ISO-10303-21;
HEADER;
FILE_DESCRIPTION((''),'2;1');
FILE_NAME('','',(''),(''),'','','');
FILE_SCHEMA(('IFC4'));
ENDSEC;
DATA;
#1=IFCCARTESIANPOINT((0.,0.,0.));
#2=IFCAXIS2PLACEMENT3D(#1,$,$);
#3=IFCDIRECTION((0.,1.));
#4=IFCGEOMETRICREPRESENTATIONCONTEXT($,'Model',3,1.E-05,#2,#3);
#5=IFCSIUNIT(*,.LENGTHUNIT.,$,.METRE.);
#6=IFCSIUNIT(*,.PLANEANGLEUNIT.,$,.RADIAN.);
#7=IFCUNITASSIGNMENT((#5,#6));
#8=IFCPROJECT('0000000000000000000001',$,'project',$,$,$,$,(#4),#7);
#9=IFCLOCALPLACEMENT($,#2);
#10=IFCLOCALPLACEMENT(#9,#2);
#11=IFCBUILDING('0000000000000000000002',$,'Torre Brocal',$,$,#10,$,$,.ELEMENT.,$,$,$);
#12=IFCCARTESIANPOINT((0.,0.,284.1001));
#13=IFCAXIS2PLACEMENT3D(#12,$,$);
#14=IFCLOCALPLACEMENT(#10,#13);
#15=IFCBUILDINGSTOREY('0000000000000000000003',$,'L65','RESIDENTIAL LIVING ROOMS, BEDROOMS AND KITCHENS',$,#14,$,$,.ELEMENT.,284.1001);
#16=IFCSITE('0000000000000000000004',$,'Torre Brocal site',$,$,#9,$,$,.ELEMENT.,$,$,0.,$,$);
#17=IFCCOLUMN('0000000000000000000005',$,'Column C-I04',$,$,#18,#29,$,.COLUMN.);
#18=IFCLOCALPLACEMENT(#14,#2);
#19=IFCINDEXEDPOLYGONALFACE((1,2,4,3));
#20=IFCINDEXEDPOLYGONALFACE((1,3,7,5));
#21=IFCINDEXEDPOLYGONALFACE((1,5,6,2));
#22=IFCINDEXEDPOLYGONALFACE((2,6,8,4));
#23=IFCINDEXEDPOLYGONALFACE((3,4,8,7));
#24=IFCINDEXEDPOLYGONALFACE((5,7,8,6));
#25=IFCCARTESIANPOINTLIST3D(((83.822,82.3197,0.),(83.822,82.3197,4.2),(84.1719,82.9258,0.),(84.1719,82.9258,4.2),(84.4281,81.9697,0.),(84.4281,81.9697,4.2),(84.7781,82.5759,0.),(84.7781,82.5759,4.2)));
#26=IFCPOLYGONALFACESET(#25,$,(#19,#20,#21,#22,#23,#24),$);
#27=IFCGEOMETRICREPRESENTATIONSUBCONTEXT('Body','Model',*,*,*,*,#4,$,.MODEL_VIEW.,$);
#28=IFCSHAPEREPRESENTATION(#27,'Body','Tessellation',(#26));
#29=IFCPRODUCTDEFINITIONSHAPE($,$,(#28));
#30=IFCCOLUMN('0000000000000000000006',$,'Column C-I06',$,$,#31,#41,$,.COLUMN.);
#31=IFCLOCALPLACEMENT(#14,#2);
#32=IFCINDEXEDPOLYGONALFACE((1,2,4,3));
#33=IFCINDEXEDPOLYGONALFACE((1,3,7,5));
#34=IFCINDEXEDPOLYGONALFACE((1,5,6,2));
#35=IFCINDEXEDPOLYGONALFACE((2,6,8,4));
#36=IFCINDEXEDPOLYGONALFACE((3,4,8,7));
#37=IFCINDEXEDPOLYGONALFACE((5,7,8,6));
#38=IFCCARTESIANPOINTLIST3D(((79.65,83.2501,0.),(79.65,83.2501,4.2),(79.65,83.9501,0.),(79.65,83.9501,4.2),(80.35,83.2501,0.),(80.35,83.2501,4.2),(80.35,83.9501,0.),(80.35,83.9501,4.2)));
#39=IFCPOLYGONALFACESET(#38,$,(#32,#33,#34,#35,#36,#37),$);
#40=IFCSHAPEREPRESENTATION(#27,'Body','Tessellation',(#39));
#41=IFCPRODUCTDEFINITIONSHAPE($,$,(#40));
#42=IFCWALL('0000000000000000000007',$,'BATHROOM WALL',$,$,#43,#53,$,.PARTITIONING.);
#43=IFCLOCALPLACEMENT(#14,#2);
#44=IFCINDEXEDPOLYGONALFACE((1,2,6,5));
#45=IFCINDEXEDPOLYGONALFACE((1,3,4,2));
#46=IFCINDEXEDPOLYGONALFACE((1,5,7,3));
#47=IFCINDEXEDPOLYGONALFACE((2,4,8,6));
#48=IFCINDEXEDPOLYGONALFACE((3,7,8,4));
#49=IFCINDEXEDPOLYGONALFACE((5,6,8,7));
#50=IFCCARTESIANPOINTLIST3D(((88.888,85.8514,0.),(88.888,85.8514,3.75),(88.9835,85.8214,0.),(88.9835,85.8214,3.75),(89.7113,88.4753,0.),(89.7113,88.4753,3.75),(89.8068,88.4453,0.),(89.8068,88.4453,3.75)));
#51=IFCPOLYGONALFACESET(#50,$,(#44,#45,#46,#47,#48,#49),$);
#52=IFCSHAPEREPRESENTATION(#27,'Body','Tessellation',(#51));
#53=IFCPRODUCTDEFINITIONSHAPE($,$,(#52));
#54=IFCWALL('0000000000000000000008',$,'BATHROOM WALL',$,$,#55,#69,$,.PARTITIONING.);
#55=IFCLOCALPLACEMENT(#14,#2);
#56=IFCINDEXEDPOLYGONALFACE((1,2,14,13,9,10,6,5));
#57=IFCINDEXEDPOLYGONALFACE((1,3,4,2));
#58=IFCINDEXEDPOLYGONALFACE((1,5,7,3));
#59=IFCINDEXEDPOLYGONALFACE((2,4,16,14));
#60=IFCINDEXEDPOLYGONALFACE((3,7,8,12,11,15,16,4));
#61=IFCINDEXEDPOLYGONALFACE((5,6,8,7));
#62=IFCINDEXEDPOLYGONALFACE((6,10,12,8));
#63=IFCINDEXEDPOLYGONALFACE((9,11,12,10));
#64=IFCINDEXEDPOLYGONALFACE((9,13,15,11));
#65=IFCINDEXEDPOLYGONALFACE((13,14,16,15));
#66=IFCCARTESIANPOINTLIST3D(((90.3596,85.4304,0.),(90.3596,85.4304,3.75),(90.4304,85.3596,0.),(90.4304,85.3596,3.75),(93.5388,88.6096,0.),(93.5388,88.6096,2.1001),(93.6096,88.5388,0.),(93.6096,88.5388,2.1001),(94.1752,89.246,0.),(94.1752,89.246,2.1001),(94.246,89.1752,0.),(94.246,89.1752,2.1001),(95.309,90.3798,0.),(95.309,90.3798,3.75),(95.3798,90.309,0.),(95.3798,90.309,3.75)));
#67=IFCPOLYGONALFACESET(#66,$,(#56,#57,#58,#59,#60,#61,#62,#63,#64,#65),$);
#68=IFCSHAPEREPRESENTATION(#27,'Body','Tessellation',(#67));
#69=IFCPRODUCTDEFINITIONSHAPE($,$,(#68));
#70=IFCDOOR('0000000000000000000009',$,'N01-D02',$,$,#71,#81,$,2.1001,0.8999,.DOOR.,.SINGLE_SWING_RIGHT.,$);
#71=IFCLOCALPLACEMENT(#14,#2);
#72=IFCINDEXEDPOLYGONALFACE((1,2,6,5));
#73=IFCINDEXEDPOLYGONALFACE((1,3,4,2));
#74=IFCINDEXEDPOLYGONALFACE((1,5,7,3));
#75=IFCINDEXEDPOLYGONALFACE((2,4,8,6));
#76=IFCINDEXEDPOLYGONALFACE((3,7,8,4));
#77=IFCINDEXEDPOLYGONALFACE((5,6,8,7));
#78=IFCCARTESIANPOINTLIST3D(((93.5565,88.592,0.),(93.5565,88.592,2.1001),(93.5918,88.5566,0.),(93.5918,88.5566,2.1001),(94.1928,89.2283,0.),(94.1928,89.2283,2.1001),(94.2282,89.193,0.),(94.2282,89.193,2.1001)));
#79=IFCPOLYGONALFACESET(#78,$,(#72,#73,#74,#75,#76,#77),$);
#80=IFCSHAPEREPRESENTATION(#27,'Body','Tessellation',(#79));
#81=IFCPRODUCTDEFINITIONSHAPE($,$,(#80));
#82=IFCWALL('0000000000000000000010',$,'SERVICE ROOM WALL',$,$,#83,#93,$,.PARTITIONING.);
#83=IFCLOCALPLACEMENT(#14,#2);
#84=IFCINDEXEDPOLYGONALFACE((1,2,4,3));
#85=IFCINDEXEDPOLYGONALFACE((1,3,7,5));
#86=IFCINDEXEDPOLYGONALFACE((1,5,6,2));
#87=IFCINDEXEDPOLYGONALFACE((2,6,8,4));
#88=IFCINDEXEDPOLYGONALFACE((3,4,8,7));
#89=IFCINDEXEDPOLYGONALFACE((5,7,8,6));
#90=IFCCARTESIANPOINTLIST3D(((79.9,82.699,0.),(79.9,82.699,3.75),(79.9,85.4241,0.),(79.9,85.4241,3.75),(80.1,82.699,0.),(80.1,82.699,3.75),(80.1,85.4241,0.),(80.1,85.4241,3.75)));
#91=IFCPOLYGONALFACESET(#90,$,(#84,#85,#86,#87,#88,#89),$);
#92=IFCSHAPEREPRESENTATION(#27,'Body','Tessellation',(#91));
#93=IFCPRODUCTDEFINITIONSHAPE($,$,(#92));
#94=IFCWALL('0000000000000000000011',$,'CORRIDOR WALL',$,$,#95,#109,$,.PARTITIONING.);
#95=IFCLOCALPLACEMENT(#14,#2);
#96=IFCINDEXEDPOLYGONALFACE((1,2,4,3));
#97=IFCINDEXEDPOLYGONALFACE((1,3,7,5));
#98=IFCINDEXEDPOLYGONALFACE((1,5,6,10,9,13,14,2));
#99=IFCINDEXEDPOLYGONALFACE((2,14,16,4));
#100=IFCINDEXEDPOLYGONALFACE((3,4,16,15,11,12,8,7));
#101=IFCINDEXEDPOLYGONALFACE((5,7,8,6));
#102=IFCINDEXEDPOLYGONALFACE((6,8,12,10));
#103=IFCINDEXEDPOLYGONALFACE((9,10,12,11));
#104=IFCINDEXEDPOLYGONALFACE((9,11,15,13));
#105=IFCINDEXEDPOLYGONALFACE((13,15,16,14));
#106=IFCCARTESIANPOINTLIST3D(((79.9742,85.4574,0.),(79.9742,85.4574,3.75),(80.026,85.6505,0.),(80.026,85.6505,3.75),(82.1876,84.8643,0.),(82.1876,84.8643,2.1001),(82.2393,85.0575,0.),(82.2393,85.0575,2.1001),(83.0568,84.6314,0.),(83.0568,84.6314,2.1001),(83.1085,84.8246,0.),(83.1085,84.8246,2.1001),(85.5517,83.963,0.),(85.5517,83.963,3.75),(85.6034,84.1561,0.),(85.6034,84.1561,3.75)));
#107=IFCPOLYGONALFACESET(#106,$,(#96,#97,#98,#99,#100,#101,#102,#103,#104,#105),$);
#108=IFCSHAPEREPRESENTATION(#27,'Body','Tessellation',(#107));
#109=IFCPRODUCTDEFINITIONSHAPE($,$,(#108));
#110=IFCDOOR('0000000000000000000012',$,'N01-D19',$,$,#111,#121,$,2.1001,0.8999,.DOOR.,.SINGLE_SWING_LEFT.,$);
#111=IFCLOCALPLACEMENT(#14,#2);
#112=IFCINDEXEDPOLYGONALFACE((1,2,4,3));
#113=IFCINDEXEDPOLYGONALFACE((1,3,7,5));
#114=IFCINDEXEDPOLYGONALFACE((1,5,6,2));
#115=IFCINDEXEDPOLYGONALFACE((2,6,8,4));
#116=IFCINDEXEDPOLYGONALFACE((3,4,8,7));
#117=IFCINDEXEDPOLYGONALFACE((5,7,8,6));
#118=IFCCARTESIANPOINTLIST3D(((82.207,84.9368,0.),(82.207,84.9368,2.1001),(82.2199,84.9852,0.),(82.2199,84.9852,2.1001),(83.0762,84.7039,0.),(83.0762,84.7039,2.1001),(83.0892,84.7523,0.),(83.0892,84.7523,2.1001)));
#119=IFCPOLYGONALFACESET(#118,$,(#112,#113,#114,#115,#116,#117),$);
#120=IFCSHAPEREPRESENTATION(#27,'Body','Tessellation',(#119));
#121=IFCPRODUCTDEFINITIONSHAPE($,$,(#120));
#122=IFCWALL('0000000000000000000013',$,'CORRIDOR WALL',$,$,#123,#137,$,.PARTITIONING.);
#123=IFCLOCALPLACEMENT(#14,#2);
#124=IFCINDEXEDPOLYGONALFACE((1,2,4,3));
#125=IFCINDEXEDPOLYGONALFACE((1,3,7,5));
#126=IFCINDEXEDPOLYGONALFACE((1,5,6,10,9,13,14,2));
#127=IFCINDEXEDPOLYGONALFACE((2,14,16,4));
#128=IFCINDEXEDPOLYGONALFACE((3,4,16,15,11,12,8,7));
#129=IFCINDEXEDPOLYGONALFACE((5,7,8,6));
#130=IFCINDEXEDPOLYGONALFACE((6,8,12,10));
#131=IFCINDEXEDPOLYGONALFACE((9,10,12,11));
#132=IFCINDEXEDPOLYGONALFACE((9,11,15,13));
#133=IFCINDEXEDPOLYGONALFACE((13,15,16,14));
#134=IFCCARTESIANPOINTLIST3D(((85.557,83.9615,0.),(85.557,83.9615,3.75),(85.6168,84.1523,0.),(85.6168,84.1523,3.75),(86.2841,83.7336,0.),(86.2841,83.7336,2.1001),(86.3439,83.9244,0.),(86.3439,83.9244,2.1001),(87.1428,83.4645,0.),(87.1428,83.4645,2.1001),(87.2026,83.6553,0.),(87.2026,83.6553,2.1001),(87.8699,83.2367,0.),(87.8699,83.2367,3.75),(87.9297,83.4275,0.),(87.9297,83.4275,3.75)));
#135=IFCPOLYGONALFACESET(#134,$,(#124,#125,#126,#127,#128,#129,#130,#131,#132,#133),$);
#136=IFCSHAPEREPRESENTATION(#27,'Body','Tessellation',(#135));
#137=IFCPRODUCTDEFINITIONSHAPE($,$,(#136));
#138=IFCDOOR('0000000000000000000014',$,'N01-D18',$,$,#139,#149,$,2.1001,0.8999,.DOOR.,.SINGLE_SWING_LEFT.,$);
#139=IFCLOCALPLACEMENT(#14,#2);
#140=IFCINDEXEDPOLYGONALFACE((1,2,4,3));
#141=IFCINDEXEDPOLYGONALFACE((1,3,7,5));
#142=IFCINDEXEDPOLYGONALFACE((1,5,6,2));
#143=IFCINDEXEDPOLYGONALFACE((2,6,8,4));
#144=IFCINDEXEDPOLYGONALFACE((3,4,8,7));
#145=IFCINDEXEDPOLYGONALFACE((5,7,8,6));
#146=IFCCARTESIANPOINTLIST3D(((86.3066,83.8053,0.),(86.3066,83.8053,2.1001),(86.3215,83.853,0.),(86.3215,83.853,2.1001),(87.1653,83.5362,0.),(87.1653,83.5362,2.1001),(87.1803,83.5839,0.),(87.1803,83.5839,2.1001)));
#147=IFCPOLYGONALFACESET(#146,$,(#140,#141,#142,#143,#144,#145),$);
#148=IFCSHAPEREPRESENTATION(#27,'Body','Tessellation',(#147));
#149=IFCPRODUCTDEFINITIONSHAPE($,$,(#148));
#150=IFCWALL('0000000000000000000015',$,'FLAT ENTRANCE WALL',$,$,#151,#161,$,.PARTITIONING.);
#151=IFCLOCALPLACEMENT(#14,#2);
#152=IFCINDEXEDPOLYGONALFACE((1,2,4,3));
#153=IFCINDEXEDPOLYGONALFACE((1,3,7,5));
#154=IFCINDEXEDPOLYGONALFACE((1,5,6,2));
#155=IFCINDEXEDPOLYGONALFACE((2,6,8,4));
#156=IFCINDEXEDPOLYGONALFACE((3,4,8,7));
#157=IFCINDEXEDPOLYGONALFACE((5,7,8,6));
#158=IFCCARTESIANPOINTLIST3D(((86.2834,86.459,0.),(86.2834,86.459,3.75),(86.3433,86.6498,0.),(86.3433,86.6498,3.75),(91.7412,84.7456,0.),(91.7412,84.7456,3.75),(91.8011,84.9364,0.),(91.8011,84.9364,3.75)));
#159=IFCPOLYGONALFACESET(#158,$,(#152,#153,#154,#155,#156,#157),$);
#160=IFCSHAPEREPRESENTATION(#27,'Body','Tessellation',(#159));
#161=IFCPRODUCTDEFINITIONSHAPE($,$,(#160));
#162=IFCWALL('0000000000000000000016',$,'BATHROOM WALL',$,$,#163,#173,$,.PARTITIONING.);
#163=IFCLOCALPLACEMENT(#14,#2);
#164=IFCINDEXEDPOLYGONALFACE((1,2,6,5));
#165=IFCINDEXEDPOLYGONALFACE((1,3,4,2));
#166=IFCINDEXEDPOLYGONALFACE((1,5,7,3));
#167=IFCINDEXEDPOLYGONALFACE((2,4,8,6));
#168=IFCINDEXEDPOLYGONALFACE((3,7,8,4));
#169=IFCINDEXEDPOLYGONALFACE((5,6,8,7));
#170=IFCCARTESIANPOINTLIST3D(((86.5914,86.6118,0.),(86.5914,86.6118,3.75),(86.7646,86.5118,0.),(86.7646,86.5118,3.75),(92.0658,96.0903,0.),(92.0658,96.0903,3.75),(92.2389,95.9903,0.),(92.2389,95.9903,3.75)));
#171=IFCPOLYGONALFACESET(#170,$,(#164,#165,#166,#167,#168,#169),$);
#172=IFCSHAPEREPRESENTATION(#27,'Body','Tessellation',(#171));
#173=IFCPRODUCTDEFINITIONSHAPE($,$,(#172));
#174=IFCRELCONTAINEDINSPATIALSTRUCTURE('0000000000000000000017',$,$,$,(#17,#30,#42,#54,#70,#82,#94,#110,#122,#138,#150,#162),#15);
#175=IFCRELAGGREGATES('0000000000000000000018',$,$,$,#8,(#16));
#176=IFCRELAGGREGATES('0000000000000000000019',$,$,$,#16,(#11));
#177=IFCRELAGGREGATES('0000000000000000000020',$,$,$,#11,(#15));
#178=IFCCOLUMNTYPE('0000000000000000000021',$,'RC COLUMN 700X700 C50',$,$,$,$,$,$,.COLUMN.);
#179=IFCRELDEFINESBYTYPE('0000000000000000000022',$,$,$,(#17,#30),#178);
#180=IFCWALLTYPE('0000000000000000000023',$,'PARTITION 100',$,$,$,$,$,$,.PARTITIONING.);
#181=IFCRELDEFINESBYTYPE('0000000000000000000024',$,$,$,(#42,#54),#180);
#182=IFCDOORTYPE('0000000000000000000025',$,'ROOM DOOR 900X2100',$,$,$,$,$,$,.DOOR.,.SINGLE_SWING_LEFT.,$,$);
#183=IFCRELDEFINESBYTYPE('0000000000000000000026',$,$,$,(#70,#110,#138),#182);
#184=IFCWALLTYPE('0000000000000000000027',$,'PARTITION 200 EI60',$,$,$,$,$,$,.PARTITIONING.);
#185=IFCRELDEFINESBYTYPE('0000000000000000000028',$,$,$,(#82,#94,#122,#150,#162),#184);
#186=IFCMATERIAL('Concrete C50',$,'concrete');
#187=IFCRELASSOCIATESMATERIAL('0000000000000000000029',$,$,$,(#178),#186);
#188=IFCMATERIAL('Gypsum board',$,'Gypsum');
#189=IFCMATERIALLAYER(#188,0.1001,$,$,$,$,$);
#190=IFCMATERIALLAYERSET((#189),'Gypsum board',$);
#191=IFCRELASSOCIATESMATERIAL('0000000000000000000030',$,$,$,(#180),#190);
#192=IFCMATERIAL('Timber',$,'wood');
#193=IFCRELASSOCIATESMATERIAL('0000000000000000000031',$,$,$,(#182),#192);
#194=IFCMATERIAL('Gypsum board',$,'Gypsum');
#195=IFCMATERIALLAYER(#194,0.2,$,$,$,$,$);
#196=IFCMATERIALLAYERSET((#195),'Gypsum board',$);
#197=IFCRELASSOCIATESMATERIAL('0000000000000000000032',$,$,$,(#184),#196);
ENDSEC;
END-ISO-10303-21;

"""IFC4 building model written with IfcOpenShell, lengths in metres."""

from ifc_helpers import new_model, si_unit, direction, frame, frame_2d, origin, origin_2d, place, context, subcontext, project, spatial, rectangle, extrude, material, layer, layer_set, material_profile, profile_set, type_object, element, fill, save


model = new_model("IFC4")

# Units and contexts
model_context = context("Model", 3, precision=1e-05, world=origin(), true_north=direction((0.0, 1.0)))
body_context = subcontext(model_context, "Body", "Model", "MODEL_VIEW")
ifc_project = project(units=[si_unit("LENGTHUNIT", "METRE"), si_unit("PLANEANGLEUNIT", "RADIAN")], contexts=[model_context])

# Site, building, storey
site_placement = place(None, origin())
site = spatial("IfcSite", under=ifc_project, at=site_placement, Name="Torre Brocal site", CompositionType="ELEMENT", RefElevation=0.0)
building_placement = place(site_placement, origin())
building = spatial("IfcBuilding", under=site, at=building_placement, Name="Torre Brocal", CompositionType="ELEMENT")
storey_placement = place(building_placement, frame((0.0, 0.0, 284.1001)))
storey = spatial("IfcBuildingStorey", under=building, at=storey_placement, Name="L65", Description="RESIDENTIAL LIVING ROOMS, BEDROOMS AND KITCHENS", CompositionType="ELEMENT", Elevation=284.1001)

# Columns
ifc_material_1 = material(Name="Concrete C50", Category="concrete")
ifc_material_profile = material_profile(ifc_material_1, rectangle(XDim=0.7, YDim=0.7, at=origin_2d()), Name="RC 700X700")
ifc_profile_set = profile_set([ifc_material_profile], Name="Concrete C50")
column_type = type_object("IfcColumnType", Name="RC COLUMN 700X700 C50", PredefinedType="COLUMN", material=ifc_profile_set)
for number, where, z_axis, x_axis, name in (
    (1, (84.3, 82.4478, 0.0), (0.0, 0.0, 1.0), (0.5, 0.866025, 0.0), "Column C-I04"),
    (2, (80.0, 83.6001, 0.0), (0.0, 0.0, 1.0), (0.0, 1.0, 0.0), "Column C-I06"),
):
    element("IfcColumn", number, at=place(storey_placement, frame(where, z_axis=z_axis, x_axis=x_axis)), inside=storey, type_object=column_type, Name=name, PredefinedType="COLUMN", context=body_context, shape_type="SweptSolid", body=[
        extrude(rectangle(XDim=0.7, YDim=0.7, at=origin_2d()), origin(), (0.0, 0.0, 1.0), 4.2),
    ])

# Wall
ifc_material_2 = material(Name="Gypsum board", Category="Gypsum")
ifc_layer_1 = layer(ifc_material_2, 0.1001)
ifc_layer_set_1 = layer_set([ifc_layer_1], Name="Gypsum board")
wall_type_1 = type_object("IfcWallType", Name="PARTITION 100", PredefinedType="PARTITIONING", material=ifc_layer_set_1)
wall_1_placement = place(storey_placement, frame((88.9358, 85.8364, 0.0), z_axis=(0.0, 0.0, 1.0), x_axis=(0.299372, 0.954137, 0.0)))
element("IfcWall", 3, at=wall_1_placement, inside=storey, type_object=wall_type_1, Name="BATHROOM WALL", PredefinedType="PARTITIONING", context=body_context, shape_type="SweptSolid", body=[
    extrude(rectangle(XDim=2.75, YDim=0.1001, at=frame_2d((1.375, 0.0))), origin(), (0.0, 0.0, 1.0), 3.75),
])

# Wall, opening, door
wall_2_placement = place(storey_placement, frame((90.395, 85.395, 0.0), z_axis=(0.0, 0.0, 1.0), x_axis=(0.707107, 0.707107, 0.0)))
wall_2 = element("IfcWall", 4, at=wall_2_placement, inside=storey, type_object=wall_type_1, Name="BATHROOM WALL", PredefinedType="PARTITIONING", context=body_context, shape_type="SweptSolid", body=[
    extrude(rectangle(XDim=6.9995, YDim=0.1001, at=frame_2d((3.4998, 0.0))), origin(), (0.0, 0.0, 1.0), 3.75),
])
opening_1_placement = place(wall_2_placement, frame((4.4961, 0.0, 0.0)))
opening_1 = element("IfcOpeningElement", 5, at=opening_1_placement, cuts=wall_2, PredefinedType="OPENING", context=body_context, shape_type="SweptSolid", body=[
    extrude(rectangle(XDim=0.8999, YDim=2.1001, at=frame_2d((0.45, 1.05))), frame((0.0, 0.0601, 0.0), z_axis=(0.0, -1.0, 0.0), x_axis=(1.0, 0.0, 0.0)), (0.0, 0.0, 1.0), 0.1201),
])
ifc_material_3 = material(Name="Timber", Category="wood")
door_type_1 = type_object("IfcDoorType", Name="ROOM DOOR 900X2100", OperationType="SINGLE_SWING_LEFT", PredefinedType="DOOR", material=ifc_material_3)
door_1_placement = place(opening_1_placement, frame((0.8999, 0.0, 0.0), z_axis=(0.0, 0.0, 1.0), x_axis=(-1.0, 0.0, 0.0)))
door_1 = element("IfcDoor", 6, at=door_1_placement, inside=storey, type_object=door_type_1, Name="N01-D02", OperationType="SINGLE_SWING_RIGHT", OverallHeight=2.1001, OverallWidth=0.8999, PredefinedType="DOOR", context=body_context, shape_type="SweptSolid", body=[
    extrude(rectangle(XDim=0.8999, YDim=2.1001, at=frame_2d((0.45, 1.05))), frame((0.0, 0.0249, 0.0), z_axis=(0.0, -1.0, 0.0), x_axis=(1.0, 0.0, 0.0)), (0.0, 0.0, 1.0), 0.05),
])
fill(opening_1, door_1)

# Wall
ifc_material_4 = material(Name="Gypsum board", Category="Gypsum")
ifc_layer_2 = layer(ifc_material_4, 0.2)
ifc_layer_set_2 = layer_set([ifc_layer_2], Name="Gypsum board")
wall_type_2 = type_object("IfcWallType", Name="PARTITION 200 EI60", PredefinedType="PARTITIONING", material=ifc_layer_set_2)
wall_3_placement = place(storey_placement, frame((80.0, 82.699, 0.0), z_axis=(0.0, 0.0, 1.0), x_axis=(0.0, 1.0, 0.0)))
element("IfcWall", 7, at=wall_3_placement, inside=storey, type_object=wall_type_2, Name="SERVICE ROOM WALL", PredefinedType="PARTITIONING", context=body_context, shape_type="SweptSolid", body=[
    extrude(rectangle(XDim=2.7251, YDim=0.2, at=frame_2d((1.3625, 0.0))), origin(), (0.0, 0.0, 1.0), 3.75),
])

# Walls, openings, doors
wall_4_placement = place(storey_placement, frame((80.0, 85.554, 0.0), z_axis=(0.0, 0.0, 1.0), x_axis=(0.965929, -0.258807, 0.0)))
wall_4 = element("IfcWall", 8, at=wall_4_placement, inside=storey, type_object=wall_type_2, Name="CORRIDOR WALL", PredefinedType="PARTITIONING", context=body_context, shape_type="SweptSolid", body=[
    extrude(rectangle(XDim=5.7742, YDim=0.2, at=frame_2d((2.8872, 0.0))), origin(), (0.0, 0.0, 1.0), 3.75),
])
opening_2_placement = place(wall_4_placement, frame((2.2915, 0.0, 0.0)))
opening_2 = element("IfcOpeningElement", 9, at=opening_2_placement, cuts=wall_4, PredefinedType="OPENING", context=body_context, shape_type="SweptSolid", body=[
    extrude(rectangle(XDim=0.8999, YDim=2.1001, at=frame_2d((0.45, 1.05))), frame((0.0, 0.1099, 0.0), z_axis=(0.0, -1.0, 0.0), x_axis=(1.0, 0.0, 0.0)), (0.0, 0.0, 1.0), 0.22),
])
door_2_placement = place(opening_2_placement, frame((0.8999, 0.0, 0.0), z_axis=(0.0, 0.0, 1.0), x_axis=(-1.0, 0.0, 0.0)))
door_2 = element("IfcDoor", 10, at=door_2_placement, inside=storey, type_object=door_type_1, Name="N01-D19", OperationType="SINGLE_SWING_LEFT", OverallHeight=2.1001, OverallWidth=0.8999, PredefinedType="DOOR", context=body_context, shape_type="SweptSolid", body=[
    extrude(rectangle(XDim=0.8999, YDim=2.1001, at=frame_2d((0.45, 1.05))), frame((0.0, 0.0249, 0.0), z_axis=(0.0, -1.0, 0.0), x_axis=(1.0, 0.0, 0.0)), (0.0, 0.0, 1.0), 0.05),
])
fill(opening_2, door_2)
wall_5_placement = place(storey_placement, frame((85.5869, 84.0569, 0.0), z_axis=(0.0, 0.0, 1.0), x_axis=(0.95424, -0.299043, 0.0)))
wall_5 = element("IfcWall", 11, at=wall_5_placement, inside=storey, type_object=wall_type_2, Name="CORRIDOR WALL", PredefinedType="PARTITIONING", context=body_context, shape_type="SweptSolid", body=[
    extrude(rectangle(XDim=2.4238, YDim=0.2, at=frame_2d((1.2119, 0.0))), origin(), (0.0, 0.0, 1.0), 3.75),
])
opening_3_placement = place(wall_5_placement, frame((0.762, 0.0, 0.0)))
opening_3 = element("IfcOpeningElement", 12, at=opening_3_placement, cuts=wall_5, PredefinedType="OPENING", context=body_context, shape_type="SweptSolid", body=[
    extrude(rectangle(XDim=0.8999, YDim=2.1001, at=frame_2d((0.45, 1.05))), frame((0.0, 0.1099, 0.0), z_axis=(0.0, -1.0, 0.0), x_axis=(1.0, 0.0, 0.0)), (0.0, 0.0, 1.0), 0.22),
])
door_3_placement = place(opening_3_placement, frame((0.8999, 0.0, 0.0), z_axis=(0.0, 0.0, 1.0), x_axis=(-1.0, 0.0, 0.0)))
door_3 = element("IfcDoor", 13, at=door_3_placement, inside=storey, type_object=door_type_1, Name="N01-D18", OperationType="SINGLE_SWING_LEFT", OverallHeight=2.1001, OverallWidth=0.8999, PredefinedType="DOOR", context=body_context, shape_type="SweptSolid", body=[
    extrude(rectangle(XDim=0.8999, YDim=2.1001, at=frame_2d((0.45, 1.05))), frame((0.0, 0.0249, 0.0), z_axis=(0.0, -1.0, 0.0), x_axis=(1.0, 0.0, 0.0)), (0.0, 0.0, 1.0), 0.05),
])
fill(opening_3, door_3)

# Walls
wall_6_placement = place(storey_placement, frame((86.3132, 86.5544, 0.0), z_axis=(0.0, 0.0, 1.0), x_axis=(0.95409, -0.299521, 0.0)))
element("IfcWall", 14, at=wall_6_placement, inside=storey, type_object=wall_type_2, Name="FLAT ENTRANCE WALL", PredefinedType="PARTITIONING", context=body_context, shape_type="SweptSolid", body=[
    extrude(rectangle(XDim=5.7205, YDim=0.2, at=frame_2d((2.8604, 0.0))), origin(), (0.0, 0.0, 1.0), 3.75),
])
wall_7_placement = place(storey_placement, frame((86.678, 86.5618, 0.0), z_axis=(0.0, 0.0, 1.0), x_axis=(0.500133, 0.865949, 0.0)))
element("IfcWall", 15, at=wall_7_placement, inside=storey, type_object=wall_type_2, Name="BATHROOM WALL", PredefinedType="PARTITIONING", context=body_context, shape_type="SweptSolid", body=[
    extrude(rectangle(XDim=10.9458, YDim=0.2, at=frame_2d((5.4729, 0.0))), origin(), (0.0, 0.0, 1.0), 3.75),
])

save(model, "model.ifc")
